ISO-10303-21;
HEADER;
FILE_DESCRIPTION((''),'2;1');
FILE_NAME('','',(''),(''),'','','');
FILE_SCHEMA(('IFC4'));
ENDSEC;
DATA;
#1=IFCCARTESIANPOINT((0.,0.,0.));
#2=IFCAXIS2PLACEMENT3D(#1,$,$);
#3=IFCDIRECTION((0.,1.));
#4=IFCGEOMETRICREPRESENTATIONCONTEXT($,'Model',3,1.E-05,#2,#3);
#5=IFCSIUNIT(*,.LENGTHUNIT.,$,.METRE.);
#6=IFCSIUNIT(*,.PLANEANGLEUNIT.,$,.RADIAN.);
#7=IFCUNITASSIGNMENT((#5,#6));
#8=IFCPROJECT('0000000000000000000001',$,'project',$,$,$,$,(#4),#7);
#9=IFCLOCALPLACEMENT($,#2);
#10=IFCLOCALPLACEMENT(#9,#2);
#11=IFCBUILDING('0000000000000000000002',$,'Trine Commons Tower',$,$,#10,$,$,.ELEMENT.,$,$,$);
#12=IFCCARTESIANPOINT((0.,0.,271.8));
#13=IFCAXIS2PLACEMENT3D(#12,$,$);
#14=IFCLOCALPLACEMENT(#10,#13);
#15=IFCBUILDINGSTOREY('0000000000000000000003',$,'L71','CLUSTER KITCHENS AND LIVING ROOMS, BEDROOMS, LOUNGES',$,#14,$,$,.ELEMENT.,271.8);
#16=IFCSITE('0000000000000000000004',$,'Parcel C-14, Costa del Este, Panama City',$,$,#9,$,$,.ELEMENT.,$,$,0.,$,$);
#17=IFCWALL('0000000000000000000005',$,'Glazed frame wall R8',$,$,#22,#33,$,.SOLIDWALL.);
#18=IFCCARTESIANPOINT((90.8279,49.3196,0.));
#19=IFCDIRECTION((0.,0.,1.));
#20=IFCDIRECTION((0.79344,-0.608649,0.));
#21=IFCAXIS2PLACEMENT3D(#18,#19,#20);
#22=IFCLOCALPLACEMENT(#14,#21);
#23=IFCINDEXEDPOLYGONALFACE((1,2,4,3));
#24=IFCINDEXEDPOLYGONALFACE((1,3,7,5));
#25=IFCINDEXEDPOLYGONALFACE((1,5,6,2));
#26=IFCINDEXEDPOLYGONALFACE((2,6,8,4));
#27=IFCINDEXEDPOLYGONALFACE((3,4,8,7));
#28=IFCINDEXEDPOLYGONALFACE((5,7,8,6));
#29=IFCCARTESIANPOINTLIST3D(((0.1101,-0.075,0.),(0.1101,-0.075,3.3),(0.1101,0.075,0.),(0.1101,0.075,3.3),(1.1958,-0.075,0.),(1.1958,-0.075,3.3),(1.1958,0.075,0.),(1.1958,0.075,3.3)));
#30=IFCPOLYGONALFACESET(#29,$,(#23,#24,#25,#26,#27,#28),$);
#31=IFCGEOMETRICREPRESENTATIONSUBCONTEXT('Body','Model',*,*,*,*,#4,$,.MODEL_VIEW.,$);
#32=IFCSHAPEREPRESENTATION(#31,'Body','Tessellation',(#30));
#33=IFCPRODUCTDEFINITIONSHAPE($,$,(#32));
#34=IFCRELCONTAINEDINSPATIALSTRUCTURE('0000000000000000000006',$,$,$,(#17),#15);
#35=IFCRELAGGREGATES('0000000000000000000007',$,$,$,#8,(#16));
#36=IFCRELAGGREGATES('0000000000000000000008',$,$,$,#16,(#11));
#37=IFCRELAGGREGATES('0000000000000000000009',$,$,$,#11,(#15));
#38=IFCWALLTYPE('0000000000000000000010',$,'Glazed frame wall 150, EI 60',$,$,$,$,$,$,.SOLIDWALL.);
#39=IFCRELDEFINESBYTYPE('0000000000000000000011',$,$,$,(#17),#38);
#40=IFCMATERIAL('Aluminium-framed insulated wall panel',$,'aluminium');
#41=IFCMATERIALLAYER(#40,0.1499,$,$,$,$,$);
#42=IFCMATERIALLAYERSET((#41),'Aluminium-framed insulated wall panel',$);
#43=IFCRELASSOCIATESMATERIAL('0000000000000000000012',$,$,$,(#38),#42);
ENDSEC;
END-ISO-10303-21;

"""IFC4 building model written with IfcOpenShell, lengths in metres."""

from ifc_helpers import new_model, si_unit, direction, frame, origin, place, context, subcontext, project, spatial, polyline, outline, extrude, material, layer, layer_set, type_object, element, save


model = new_model("IFC4")

# Units and contexts
model_context = context("Model", 3, precision=1e-05, world=origin(), true_north=direction((0.0, 1.0)))
body_context = subcontext(model_context, "Body", "Model", "MODEL_VIEW")
ifc_project = project(units=[si_unit("LENGTHUNIT", "METRE"), si_unit("PLANEANGLEUNIT", "RADIAN")], contexts=[model_context])

# Site, building, storey
site_placement = place(None, origin())
site = spatial("IfcSite", under=ifc_project, at=site_placement, Name="Parcel C-14, Costa del Este, Panama City", CompositionType="ELEMENT", RefElevation=0.0)
building_placement = place(site_placement, origin())
building = spatial("IfcBuilding", under=site, at=building_placement, Name="Trine Commons Tower", CompositionType="ELEMENT")
storey_placement = place(building_placement, frame((0.0, 0.0, 271.8)))
storey = spatial("IfcBuildingStorey", under=building, at=storey_placement, Name="L71", Description="CLUSTER KITCHENS AND LIVING ROOMS, BEDROOMS, LOUNGES", CompositionType="ELEMENT", Elevation=271.8)

# Wall
ifc_material_1 = material(Name="Aluminium-framed insulated wall panel", Category="aluminium")
ifc_layer_1 = layer(ifc_material_1, 0.1499)
ifc_layer_set_1 = layer_set([ifc_layer_1], Name="Aluminium-framed insulated wall panel")
wall_type_1 = type_object("IfcWallType", Name="Glazed frame wall 150, EI 60", PredefinedType="SOLIDWALL", material=ifc_layer_set_1)
wall_1_placement = place(storey_placement, frame((90.8279, 49.3196, 0.0), z_axis=(0.0, 0.0, 1.0), x_axis=(0.79344, -0.608649, 0.0)))
element("IfcWall", 1, at=wall_1_placement, inside=storey, type_object=wall_type_1, Name="Glazed frame wall R8", PredefinedType="SOLIDWALL", context=body_context, shape_type="SweptSolid", body=[
    extrude(outline(polyline([(0.1101, 0.075), (0.1101, -0.075), (1.1958, -0.075), (1.1958, 0.075), (0.1101, 0.075)])), origin(), (0.0, 0.0, 1.0), 3.3),
])

save(model, "model.ifc")
